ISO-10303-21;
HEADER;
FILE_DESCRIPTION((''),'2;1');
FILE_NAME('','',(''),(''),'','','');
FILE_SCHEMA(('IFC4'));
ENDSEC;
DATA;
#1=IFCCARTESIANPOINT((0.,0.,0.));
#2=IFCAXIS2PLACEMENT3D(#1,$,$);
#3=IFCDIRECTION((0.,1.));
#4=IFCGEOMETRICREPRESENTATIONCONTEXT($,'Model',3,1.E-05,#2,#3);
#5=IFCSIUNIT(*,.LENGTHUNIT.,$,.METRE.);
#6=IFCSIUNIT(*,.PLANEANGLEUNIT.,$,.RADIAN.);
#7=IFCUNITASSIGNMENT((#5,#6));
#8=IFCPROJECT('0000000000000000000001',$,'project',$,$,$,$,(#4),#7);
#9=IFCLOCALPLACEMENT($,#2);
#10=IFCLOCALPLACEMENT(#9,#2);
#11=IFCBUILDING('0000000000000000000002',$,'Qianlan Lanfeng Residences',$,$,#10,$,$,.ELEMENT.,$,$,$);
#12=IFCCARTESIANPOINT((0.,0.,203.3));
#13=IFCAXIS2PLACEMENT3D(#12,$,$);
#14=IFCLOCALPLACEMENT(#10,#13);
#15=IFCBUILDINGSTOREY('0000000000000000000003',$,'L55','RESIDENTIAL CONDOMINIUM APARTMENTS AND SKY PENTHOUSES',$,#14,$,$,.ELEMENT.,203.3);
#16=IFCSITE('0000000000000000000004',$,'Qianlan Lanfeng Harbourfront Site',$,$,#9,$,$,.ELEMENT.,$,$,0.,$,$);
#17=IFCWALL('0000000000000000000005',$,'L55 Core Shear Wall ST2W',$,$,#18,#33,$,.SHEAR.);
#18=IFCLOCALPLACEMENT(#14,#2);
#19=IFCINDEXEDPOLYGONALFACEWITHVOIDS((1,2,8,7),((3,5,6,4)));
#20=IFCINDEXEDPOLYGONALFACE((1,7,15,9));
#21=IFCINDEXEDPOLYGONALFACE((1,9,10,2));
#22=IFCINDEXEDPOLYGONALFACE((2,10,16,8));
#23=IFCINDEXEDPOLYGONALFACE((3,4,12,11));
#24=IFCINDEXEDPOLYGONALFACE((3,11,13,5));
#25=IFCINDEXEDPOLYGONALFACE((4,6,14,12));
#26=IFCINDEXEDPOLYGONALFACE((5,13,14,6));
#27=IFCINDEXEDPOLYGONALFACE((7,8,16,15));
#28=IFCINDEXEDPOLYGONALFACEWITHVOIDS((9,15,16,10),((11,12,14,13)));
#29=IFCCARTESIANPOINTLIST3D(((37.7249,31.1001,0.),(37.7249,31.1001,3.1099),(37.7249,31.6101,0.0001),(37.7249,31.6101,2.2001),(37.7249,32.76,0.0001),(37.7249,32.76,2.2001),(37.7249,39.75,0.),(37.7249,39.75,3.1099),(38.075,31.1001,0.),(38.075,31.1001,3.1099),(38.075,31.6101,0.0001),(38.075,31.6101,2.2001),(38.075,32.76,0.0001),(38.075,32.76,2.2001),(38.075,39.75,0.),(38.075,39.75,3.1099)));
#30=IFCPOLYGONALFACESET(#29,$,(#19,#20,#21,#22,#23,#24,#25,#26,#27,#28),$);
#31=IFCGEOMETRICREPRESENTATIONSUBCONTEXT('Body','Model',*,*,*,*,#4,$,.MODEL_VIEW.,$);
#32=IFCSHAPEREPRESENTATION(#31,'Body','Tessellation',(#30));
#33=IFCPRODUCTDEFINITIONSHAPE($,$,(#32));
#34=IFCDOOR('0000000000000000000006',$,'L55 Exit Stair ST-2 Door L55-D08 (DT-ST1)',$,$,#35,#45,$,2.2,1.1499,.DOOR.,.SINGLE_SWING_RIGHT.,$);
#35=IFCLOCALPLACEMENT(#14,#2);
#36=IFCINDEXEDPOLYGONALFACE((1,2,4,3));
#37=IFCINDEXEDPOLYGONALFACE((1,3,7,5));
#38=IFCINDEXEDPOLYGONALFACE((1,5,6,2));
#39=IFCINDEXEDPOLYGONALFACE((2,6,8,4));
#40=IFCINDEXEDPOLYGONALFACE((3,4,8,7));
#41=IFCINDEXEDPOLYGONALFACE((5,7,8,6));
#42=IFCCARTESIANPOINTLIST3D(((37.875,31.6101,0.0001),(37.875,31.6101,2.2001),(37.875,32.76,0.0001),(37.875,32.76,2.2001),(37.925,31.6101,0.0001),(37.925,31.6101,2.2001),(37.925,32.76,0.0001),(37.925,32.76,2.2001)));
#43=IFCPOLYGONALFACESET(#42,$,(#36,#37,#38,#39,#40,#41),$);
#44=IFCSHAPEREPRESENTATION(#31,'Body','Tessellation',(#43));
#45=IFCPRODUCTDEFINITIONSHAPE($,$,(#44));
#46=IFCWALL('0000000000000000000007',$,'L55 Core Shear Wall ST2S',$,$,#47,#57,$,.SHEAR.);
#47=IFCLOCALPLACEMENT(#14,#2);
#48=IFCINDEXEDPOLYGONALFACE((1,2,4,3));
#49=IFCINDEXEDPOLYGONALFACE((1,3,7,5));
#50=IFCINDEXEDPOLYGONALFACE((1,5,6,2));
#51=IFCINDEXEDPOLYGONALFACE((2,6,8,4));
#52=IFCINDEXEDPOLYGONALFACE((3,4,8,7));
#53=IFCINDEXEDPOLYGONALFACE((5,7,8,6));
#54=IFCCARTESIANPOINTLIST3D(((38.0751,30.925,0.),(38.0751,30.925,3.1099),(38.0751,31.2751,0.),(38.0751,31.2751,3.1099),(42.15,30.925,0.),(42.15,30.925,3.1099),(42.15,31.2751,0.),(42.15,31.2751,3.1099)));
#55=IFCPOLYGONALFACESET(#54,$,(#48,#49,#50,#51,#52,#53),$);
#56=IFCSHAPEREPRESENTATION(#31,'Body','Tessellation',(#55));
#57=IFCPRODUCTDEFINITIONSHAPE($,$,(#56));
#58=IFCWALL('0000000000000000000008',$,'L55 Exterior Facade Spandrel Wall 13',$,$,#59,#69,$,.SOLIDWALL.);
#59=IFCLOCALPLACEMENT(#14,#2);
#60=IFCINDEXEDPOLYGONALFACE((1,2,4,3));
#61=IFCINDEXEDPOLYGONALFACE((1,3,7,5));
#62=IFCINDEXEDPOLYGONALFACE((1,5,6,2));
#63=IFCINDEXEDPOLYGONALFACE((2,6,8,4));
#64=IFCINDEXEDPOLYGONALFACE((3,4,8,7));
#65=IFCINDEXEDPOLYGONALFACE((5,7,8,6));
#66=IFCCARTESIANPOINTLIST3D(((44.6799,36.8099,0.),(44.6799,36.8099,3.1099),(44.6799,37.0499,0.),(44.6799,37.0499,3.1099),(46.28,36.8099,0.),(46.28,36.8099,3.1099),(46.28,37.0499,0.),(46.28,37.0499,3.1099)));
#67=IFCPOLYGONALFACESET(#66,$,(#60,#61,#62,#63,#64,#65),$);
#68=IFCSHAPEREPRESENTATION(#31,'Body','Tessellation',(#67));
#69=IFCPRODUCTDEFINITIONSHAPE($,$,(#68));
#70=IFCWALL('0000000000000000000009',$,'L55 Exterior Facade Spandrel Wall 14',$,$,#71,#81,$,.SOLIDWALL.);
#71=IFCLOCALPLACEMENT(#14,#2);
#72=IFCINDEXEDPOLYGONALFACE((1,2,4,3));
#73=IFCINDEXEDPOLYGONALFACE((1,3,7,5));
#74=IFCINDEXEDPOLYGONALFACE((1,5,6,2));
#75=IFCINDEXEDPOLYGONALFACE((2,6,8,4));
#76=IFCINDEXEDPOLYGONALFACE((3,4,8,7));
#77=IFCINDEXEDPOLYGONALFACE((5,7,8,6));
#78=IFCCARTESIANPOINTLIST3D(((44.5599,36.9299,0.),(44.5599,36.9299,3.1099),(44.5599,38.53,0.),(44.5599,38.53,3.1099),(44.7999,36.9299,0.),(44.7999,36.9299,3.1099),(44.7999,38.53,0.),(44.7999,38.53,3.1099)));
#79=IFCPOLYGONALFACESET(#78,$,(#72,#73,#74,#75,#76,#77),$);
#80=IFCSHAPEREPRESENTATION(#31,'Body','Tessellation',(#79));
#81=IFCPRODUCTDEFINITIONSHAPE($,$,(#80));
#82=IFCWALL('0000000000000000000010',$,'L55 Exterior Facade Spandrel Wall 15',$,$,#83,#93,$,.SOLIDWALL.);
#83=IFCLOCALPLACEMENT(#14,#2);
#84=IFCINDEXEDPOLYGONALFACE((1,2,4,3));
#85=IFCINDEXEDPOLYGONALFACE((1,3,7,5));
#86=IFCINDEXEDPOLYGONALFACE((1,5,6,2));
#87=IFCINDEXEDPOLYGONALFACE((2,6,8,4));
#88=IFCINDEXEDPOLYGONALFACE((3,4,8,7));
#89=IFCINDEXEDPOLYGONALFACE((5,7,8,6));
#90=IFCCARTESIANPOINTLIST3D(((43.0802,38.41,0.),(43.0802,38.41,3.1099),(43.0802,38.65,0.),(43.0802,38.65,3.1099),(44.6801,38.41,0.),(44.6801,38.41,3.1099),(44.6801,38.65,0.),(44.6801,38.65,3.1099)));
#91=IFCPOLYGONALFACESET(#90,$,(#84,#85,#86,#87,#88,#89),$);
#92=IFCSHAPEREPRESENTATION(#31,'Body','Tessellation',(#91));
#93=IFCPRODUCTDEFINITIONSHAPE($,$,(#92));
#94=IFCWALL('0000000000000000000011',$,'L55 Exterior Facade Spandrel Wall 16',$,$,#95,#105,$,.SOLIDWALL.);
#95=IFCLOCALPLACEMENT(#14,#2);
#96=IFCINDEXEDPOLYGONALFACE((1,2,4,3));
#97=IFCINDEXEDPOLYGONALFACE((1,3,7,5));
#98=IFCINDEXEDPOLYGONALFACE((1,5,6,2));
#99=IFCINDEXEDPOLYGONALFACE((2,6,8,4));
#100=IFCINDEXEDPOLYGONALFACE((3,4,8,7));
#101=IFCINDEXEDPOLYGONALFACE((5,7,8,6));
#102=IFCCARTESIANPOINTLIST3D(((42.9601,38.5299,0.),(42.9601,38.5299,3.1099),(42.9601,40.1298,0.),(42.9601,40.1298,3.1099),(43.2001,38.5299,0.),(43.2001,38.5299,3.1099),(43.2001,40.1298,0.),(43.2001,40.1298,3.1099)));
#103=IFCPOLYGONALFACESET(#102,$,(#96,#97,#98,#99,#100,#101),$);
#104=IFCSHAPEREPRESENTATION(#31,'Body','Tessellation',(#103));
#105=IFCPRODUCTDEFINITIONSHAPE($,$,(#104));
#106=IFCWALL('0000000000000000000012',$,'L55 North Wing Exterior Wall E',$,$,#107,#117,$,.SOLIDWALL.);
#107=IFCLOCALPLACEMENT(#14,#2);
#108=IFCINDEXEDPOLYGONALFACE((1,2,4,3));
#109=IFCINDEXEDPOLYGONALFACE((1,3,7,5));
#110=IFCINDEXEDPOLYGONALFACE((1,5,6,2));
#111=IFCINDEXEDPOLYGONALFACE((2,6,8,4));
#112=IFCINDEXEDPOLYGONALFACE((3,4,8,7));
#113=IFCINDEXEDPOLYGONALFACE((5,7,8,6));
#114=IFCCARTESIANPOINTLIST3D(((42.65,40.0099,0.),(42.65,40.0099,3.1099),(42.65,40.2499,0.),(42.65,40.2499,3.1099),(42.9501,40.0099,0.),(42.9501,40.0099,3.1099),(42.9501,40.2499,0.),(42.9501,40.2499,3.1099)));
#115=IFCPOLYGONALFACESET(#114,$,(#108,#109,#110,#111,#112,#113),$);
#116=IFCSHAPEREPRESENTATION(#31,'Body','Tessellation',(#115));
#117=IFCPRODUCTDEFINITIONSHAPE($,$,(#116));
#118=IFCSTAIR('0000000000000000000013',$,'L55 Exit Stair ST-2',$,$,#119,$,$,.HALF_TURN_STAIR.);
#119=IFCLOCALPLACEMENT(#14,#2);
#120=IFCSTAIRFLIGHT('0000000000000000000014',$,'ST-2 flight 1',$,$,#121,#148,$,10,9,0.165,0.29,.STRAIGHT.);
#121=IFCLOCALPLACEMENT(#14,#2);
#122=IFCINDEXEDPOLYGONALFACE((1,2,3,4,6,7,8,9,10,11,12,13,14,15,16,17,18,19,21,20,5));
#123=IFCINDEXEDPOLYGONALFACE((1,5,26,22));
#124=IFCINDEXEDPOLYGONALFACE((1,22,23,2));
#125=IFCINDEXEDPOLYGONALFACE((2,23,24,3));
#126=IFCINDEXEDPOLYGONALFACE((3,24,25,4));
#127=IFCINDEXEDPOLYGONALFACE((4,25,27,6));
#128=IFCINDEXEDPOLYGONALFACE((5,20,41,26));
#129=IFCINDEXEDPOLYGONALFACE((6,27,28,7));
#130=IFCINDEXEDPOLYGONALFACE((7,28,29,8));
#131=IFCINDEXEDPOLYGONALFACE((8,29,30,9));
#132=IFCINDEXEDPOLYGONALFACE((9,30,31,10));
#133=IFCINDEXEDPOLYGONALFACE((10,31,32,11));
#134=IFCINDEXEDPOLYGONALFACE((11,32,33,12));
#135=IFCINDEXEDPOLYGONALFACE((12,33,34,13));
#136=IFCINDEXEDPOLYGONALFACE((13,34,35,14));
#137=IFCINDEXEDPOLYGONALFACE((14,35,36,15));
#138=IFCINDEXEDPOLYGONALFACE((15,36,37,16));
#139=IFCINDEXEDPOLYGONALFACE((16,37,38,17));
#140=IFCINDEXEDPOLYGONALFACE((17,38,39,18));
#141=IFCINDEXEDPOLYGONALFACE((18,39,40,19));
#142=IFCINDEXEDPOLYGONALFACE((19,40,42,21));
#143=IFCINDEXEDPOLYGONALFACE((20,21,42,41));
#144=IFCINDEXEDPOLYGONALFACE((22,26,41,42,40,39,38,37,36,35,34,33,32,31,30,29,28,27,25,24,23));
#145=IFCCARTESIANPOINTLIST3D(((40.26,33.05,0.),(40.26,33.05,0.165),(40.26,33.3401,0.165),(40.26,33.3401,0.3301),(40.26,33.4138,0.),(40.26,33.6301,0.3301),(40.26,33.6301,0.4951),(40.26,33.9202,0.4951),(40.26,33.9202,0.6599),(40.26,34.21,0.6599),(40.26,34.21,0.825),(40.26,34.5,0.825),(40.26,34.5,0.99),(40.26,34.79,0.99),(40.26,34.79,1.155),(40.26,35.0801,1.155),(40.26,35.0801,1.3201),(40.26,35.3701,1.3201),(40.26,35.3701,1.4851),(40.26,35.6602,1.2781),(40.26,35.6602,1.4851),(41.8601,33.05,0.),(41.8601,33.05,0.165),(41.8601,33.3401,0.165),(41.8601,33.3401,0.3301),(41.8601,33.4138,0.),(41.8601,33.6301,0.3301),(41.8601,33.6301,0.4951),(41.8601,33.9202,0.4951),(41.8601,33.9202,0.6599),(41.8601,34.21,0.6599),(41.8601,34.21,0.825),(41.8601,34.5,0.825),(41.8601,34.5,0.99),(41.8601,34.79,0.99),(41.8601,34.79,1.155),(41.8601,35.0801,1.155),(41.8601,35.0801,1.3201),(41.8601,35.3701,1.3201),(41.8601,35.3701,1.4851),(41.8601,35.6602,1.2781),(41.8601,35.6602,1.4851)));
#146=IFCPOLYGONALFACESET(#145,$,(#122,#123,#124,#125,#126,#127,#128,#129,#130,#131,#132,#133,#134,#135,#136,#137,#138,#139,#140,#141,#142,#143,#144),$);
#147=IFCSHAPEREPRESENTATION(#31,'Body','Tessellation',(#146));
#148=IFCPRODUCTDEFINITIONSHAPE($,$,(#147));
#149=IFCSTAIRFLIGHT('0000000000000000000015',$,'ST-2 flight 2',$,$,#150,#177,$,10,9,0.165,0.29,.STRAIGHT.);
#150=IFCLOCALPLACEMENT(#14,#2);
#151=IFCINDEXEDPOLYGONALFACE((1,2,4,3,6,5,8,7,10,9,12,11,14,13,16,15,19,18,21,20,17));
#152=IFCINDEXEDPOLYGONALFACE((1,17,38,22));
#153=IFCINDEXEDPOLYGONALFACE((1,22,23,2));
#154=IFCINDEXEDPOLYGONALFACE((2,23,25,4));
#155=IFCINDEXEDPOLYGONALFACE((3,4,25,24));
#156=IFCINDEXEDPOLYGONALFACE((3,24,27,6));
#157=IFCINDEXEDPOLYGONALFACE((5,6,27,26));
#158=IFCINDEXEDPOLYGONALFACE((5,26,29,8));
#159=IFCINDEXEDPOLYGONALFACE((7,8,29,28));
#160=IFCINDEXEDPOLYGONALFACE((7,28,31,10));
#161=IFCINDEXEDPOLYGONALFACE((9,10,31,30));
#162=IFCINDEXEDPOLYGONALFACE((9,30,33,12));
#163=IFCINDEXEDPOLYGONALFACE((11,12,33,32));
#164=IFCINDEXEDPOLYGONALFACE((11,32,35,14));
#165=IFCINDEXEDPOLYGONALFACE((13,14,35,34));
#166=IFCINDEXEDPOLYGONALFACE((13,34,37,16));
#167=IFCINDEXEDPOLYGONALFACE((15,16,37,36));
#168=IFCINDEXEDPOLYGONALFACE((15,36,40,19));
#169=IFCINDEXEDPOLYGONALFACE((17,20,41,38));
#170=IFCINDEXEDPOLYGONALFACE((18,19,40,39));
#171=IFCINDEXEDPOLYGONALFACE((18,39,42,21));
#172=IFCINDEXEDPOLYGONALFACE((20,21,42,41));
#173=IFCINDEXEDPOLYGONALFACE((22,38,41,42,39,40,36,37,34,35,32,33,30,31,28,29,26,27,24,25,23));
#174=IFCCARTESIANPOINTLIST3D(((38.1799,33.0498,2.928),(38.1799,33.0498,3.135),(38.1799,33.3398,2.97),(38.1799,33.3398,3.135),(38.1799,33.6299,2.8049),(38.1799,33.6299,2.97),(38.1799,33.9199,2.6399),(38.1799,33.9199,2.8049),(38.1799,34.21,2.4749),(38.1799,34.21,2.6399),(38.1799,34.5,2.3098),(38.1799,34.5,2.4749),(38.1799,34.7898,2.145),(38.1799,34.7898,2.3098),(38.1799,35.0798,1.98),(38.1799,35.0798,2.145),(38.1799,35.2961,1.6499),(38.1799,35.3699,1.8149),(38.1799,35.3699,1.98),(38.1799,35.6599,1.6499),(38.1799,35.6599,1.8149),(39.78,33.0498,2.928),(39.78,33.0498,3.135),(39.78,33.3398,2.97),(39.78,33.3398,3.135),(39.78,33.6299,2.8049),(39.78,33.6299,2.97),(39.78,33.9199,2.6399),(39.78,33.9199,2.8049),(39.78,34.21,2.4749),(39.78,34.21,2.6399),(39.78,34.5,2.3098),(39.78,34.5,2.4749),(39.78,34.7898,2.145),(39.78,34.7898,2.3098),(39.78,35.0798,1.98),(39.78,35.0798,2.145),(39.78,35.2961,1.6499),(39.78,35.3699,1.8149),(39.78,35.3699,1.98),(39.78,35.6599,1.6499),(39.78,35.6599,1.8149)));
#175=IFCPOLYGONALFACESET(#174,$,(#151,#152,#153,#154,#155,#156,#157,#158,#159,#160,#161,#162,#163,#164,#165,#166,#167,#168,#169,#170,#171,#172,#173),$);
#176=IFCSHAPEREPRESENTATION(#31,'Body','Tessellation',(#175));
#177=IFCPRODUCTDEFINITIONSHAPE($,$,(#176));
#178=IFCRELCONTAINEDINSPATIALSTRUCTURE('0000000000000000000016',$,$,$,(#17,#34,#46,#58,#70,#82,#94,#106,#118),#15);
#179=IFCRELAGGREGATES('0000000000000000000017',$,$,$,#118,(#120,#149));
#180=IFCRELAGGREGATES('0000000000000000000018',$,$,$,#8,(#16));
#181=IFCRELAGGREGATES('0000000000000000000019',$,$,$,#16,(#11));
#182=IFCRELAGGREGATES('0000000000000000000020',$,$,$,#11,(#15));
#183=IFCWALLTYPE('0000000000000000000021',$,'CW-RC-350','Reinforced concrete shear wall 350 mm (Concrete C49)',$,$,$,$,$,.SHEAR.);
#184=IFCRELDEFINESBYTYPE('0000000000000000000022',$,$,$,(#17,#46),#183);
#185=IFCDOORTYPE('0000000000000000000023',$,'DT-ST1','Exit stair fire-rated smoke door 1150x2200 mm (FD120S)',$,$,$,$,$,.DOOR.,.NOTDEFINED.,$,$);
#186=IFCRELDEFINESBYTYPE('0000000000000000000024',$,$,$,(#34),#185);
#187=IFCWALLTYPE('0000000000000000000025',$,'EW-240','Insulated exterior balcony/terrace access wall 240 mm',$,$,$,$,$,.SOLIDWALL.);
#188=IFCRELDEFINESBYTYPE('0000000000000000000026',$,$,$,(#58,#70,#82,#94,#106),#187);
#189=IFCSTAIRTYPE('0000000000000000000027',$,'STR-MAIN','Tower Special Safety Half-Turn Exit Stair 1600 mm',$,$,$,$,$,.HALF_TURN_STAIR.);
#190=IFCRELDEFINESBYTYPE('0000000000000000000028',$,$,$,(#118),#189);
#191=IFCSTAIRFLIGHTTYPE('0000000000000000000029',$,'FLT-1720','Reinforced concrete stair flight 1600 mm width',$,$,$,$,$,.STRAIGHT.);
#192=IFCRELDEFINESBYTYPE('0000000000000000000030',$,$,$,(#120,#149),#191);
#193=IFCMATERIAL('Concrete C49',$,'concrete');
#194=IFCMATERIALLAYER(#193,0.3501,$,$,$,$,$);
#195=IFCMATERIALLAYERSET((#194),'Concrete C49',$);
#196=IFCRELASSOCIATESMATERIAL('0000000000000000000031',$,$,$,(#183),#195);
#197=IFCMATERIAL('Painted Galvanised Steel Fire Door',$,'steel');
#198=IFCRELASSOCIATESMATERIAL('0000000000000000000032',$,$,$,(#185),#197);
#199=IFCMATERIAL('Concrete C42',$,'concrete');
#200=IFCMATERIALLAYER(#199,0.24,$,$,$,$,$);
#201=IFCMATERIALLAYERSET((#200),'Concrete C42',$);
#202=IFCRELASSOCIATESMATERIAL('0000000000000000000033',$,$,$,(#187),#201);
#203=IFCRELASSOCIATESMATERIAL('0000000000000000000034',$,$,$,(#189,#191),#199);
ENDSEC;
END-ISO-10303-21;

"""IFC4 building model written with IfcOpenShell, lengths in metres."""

from ifc_helpers import new_model, si_unit, direction, frame, frame_2d, origin, place, context, subcontext, project, spatial, polyline, rectangle, outline, extrude, material, layer, layer_set, type_object, element, fill, aggregate, save


model = new_model("IFC4")

# Units and contexts
model_context = context("Model", 3, precision=1e-05, world=origin(), true_north=direction((0.0, 1.0)))
body_context = subcontext(model_context, "Body", "Model", "MODEL_VIEW")
ifc_project = project(units=[si_unit("LENGTHUNIT", "METRE"), si_unit("PLANEANGLEUNIT", "RADIAN")], contexts=[model_context])

# Site, building, storey
site_placement = place(None, origin())
site = spatial("IfcSite", under=ifc_project, at=site_placement, Name="Qianlan Lanfeng Harbourfront Site", CompositionType="ELEMENT", RefElevation=0.0)
building_placement = place(site_placement, origin())
building = spatial("IfcBuilding", under=site, at=building_placement, Name="Qianlan Lanfeng Residences", CompositionType="ELEMENT")
storey_placement = place(building_placement, frame((0.0, 0.0, 203.3)))
storey = spatial("IfcBuildingStorey", under=building, at=storey_placement, Name="L55", Description="RESIDENTIAL CONDOMINIUM APARTMENTS AND SKY PENTHOUSES", CompositionType="ELEMENT", Elevation=203.3)

# Wall, opening, door
ifc_material_1 = material(Name="Concrete C49", Category="concrete")
ifc_layer_1 = layer(ifc_material_1, 0.3501)
ifc_layer_set_1 = layer_set([ifc_layer_1], Name="Concrete C49")
wall_type_1 = type_object("IfcWallType", Name="CW-RC-350", Description="Reinforced concrete shear wall 350 mm (Concrete C49)", PredefinedType="SHEAR", material=ifc_layer_set_1)
wall_1_placement = place(storey_placement, frame((37.8999, 31.1001, 0.0), z_axis=(0.0, 0.0, 1.0), x_axis=(0.0, 1.0, 0.0)))
wall_1 = element("IfcWall", 1, at=wall_1_placement, inside=storey, type_object=wall_type_1, Name="L55 Core Shear Wall ST2W", PredefinedType="SHEAR", context=body_context, shape_type="SweptSolid", body=[
    extrude(rectangle(XDim=8.6499, YDim=0.3501, at=frame_2d((4.325, 0.0))), origin(), (0.0, 0.0, 1.0), 3.1099),
])
opening_1_placement = place(wall_1_placement, frame((0.51, 0.0, 0.0)))
opening_1 = element("IfcOpeningElement", 2, at=opening_1_placement, cuts=wall_1, PredefinedType="OPENING", context=body_context, shape_type="SweptSolid", body=[
    extrude(rectangle(XDim=1.1499, YDim=2.2, at=frame_2d((0.575, 1.1001))), frame((0.0, 0.1851, 0.0), z_axis=(0.0, -1.0, 0.0), x_axis=(1.0, 0.0, 0.0)), (0.0, 0.0, 1.0), 0.3701),
])
ifc_material_2 = material(Name="Painted Galvanised Steel Fire Door", Category="steel")
door_type_1 = type_object("IfcDoorType", Name="DT-ST1", Description="Exit stair fire-rated smoke door 1150x2200 mm (FD120S)", OperationType="NOTDEFINED", PredefinedType="DOOR", material=ifc_material_2)
door_1_placement = place(opening_1_placement, origin())
door_1 = element("IfcDoor", 3, at=door_1_placement, inside=storey, type_object=door_type_1, Name="L55 Exit Stair ST-2 Door L55-D08 (DT-ST1)", OperationType="SINGLE_SWING_RIGHT", OverallHeight=2.2, OverallWidth=1.1499, PredefinedType="DOOR", context=body_context, shape_type="SweptSolid", body=[
    extrude(rectangle(XDim=1.1499, YDim=2.2, at=frame_2d((0.575, 1.1001))), frame((0.0, 0.0249, 0.0), z_axis=(0.0, -1.0, 0.0), x_axis=(1.0, 0.0, 0.0)), (0.0, 0.0, 1.0), 0.05),
])
fill(opening_1, door_1)

# Walls
wall_2_placement = place(storey_placement, frame((38.075, 31.1001, 0.0), z_axis=(0.0, 0.0, 1.0), x_axis=(1.0, 0.0, 0.0)))
element("IfcWall", 4, at=wall_2_placement, inside=storey, type_object=wall_type_1, Name="L55 Core Shear Wall ST2S", PredefinedType="SHEAR", context=body_context, shape_type="SweptSolid", body=[
    extrude(rectangle(XDim=4.075, YDim=0.3501, at=frame_2d((2.0376, 0.0))), origin(), (0.0, 0.0, 1.0), 3.1099),
])
ifc_material_3 = material(Name="Concrete C42", Category="concrete")
ifc_layer_2 = layer(ifc_material_3, 0.24)
ifc_layer_set_2 = layer_set([ifc_layer_2], Name="Concrete C42")
wall_type_2 = type_object("IfcWallType", Name="EW-240", Description="Insulated exterior balcony/terrace access wall 240 mm", PredefinedType="SOLIDWALL", material=ifc_layer_set_2)
for number, where, z_axis, x_axis, name in (
    (5, (46.28, 36.9299, 0.0), (0.0, 0.0, 1.0), (-1.0, 0.0, 0.0), "L55 Exterior Facade Spandrel Wall 13"),
    (6, (44.6799, 36.9299, 0.0), (0.0, 0.0, 1.0), (0.0, 1.0, 0.0), "L55 Exterior Facade Spandrel Wall 14"),
):
    element("IfcWall", number, at=place(storey_placement, frame(where, z_axis=z_axis, x_axis=x_axis)), inside=storey, type_object=wall_type_2, Name=name, PredefinedType="SOLIDWALL", context=body_context, shape_type="SweptSolid", body=[
        extrude(rectangle(XDim=1.6001, YDim=0.24, at=frame_2d((0.8, 0.0))), origin(), (0.0, 0.0, 1.0), 3.1099),
    ])
for number, where, z_axis, x_axis, name in (
    (7, (44.6799, 38.53, 0.0), (0.0, 0.0, 1.0), (-1.0, 0.0, 0.0), "L55 Exterior Facade Spandrel Wall 15"),
    (8, (43.0801, 38.53, 0.0), (0.0, 0.0, 1.0), (0.0, 1.0, 0.0), "L55 Exterior Facade Spandrel Wall 16"),
):
    element("IfcWall", number, at=place(storey_placement, frame(where, z_axis=z_axis, x_axis=x_axis)), inside=storey, type_object=wall_type_2, Name=name, PredefinedType="SOLIDWALL", context=body_context, shape_type="SweptSolid", body=[
        extrude(rectangle(XDim=1.5999, YDim=0.24, at=frame_2d((0.7998, 0.0))), origin(), (0.0, 0.0, 1.0), 3.1099),
    ])
wall_3_placement = place(storey_placement, frame((42.95, 40.1299, 0.0), z_axis=(0.0, 0.0, 1.0), x_axis=(-1.0, 0.0, 0.0)))
element("IfcWall", 9, at=wall_3_placement, inside=storey, type_object=wall_type_2, Name="L55 North Wing Exterior Wall E", PredefinedType="SOLIDWALL", context=body_context, shape_type="SweptSolid", body=[
    extrude(rectangle(XDim=0.3, YDim=0.24, at=frame_2d((0.1499, 0.0))), origin(), (0.0, 0.0, 1.0), 3.1099),
])

# Stair, stair flights
stair_type = type_object("IfcStairType", Name="STR-MAIN", Description="Tower Special Safety Half-Turn Exit Stair 1600 mm", PredefinedType="HALF_TURN_STAIR", material=ifc_material_3)
stair_placement = place(storey_placement, origin())
stair = element("IfcStair", 10, at=stair_placement, inside=storey, type_object=stair_type, Name="L55 Exit Stair ST-2", PredefinedType="HALF_TURN_STAIR")
stair_flight_type = type_object("IfcStairFlightType", Name="FLT-1720", Description="Reinforced concrete stair flight 1600 mm width", PredefinedType="STRAIGHT", material=ifc_material_3)
stair_flight_1_placement = place(storey_placement, frame((41.0601, 33.05, 0.0), z_axis=(0.0, 0.0, 1.0), x_axis=(0.0, 1.0, 0.0)))
stair_flight_1 = element("IfcStairFlight", 11, at=stair_flight_1_placement, type_object=stair_flight_type, Name="ST-2 flight 1", NumberOfRisers=10, NumberOfTreads=9, PredefinedType="STRAIGHT", RiserHeight=0.165, TreadLength=0.29, context=body_context, shape_type="SweptSolid", body=[
    extrude(outline(polyline([(0.0, 0.0), (0.0, 0.165), (0.29, 0.165), (0.29, 0.3301), (0.5801, 0.3301), (0.5801, 0.4951), (0.8701, 0.4951), (0.8701, 0.6599), (1.1599, 0.6599), (1.1599, 0.825), (1.45, 0.825), (1.45, 0.99), (1.74, 0.99), (1.74, 1.155), (2.03, 1.155), (2.03, 1.3201), (2.3201, 1.3201), (2.3201, 1.4851), (2.6101, 1.4851), (2.6101, 1.6499), (2.6101, 1.2781), (0.3638, 0.0), (0.0, 0.0)])), frame((0.0, 0.8, 0.0), z_axis=(0.0, -1.0, 0.0), x_axis=(1.0, 0.0, 0.0)), (0.0, 0.0, 1.0), 1.6001),
])
stair_flight_2_placement = place(storey_placement, frame((38.98, 35.6599, 1.6499), z_axis=(0.0, 0.0, 1.0), x_axis=(0.0, -1.0, 0.0)))
stair_flight_2 = element("IfcStairFlight", 12, at=stair_flight_2_placement, type_object=stair_flight_type, Name="ST-2 flight 2", NumberOfRisers=10, NumberOfTreads=9, PredefinedType="STRAIGHT", RiserHeight=0.165, TreadLength=0.29, context=body_context, shape_type="SweptSolid", body=[
    extrude(outline(polyline([(0.0, 0.0), (0.0, 0.165), (0.29, 0.165), (0.29, 0.3301), (0.5801, 0.3301), (0.5801, 0.4951), (0.8701, 0.4951), (0.8701, 0.6599), (1.1599, 0.6599), (1.1599, 0.825), (1.45, 0.825), (1.45, 0.99), (1.74, 0.99), (1.74, 1.155), (2.03, 1.155), (2.03, 1.3201), (2.3201, 1.3201), (2.3201, 1.4851), (2.6101, 1.4851), (2.6101, 1.6499), (2.6101, 1.2781), (0.3638, 0.0), (0.0, 0.0)])), frame((0.0, 0.8, 0.0), z_axis=(0.0, -1.0, 0.0), x_axis=(1.0, 0.0, 0.0)), (0.0, 0.0, 1.0), 1.6001),
])
aggregate(stair, [stair_flight_1, stair_flight_2])

save(model, "model.ifc")
